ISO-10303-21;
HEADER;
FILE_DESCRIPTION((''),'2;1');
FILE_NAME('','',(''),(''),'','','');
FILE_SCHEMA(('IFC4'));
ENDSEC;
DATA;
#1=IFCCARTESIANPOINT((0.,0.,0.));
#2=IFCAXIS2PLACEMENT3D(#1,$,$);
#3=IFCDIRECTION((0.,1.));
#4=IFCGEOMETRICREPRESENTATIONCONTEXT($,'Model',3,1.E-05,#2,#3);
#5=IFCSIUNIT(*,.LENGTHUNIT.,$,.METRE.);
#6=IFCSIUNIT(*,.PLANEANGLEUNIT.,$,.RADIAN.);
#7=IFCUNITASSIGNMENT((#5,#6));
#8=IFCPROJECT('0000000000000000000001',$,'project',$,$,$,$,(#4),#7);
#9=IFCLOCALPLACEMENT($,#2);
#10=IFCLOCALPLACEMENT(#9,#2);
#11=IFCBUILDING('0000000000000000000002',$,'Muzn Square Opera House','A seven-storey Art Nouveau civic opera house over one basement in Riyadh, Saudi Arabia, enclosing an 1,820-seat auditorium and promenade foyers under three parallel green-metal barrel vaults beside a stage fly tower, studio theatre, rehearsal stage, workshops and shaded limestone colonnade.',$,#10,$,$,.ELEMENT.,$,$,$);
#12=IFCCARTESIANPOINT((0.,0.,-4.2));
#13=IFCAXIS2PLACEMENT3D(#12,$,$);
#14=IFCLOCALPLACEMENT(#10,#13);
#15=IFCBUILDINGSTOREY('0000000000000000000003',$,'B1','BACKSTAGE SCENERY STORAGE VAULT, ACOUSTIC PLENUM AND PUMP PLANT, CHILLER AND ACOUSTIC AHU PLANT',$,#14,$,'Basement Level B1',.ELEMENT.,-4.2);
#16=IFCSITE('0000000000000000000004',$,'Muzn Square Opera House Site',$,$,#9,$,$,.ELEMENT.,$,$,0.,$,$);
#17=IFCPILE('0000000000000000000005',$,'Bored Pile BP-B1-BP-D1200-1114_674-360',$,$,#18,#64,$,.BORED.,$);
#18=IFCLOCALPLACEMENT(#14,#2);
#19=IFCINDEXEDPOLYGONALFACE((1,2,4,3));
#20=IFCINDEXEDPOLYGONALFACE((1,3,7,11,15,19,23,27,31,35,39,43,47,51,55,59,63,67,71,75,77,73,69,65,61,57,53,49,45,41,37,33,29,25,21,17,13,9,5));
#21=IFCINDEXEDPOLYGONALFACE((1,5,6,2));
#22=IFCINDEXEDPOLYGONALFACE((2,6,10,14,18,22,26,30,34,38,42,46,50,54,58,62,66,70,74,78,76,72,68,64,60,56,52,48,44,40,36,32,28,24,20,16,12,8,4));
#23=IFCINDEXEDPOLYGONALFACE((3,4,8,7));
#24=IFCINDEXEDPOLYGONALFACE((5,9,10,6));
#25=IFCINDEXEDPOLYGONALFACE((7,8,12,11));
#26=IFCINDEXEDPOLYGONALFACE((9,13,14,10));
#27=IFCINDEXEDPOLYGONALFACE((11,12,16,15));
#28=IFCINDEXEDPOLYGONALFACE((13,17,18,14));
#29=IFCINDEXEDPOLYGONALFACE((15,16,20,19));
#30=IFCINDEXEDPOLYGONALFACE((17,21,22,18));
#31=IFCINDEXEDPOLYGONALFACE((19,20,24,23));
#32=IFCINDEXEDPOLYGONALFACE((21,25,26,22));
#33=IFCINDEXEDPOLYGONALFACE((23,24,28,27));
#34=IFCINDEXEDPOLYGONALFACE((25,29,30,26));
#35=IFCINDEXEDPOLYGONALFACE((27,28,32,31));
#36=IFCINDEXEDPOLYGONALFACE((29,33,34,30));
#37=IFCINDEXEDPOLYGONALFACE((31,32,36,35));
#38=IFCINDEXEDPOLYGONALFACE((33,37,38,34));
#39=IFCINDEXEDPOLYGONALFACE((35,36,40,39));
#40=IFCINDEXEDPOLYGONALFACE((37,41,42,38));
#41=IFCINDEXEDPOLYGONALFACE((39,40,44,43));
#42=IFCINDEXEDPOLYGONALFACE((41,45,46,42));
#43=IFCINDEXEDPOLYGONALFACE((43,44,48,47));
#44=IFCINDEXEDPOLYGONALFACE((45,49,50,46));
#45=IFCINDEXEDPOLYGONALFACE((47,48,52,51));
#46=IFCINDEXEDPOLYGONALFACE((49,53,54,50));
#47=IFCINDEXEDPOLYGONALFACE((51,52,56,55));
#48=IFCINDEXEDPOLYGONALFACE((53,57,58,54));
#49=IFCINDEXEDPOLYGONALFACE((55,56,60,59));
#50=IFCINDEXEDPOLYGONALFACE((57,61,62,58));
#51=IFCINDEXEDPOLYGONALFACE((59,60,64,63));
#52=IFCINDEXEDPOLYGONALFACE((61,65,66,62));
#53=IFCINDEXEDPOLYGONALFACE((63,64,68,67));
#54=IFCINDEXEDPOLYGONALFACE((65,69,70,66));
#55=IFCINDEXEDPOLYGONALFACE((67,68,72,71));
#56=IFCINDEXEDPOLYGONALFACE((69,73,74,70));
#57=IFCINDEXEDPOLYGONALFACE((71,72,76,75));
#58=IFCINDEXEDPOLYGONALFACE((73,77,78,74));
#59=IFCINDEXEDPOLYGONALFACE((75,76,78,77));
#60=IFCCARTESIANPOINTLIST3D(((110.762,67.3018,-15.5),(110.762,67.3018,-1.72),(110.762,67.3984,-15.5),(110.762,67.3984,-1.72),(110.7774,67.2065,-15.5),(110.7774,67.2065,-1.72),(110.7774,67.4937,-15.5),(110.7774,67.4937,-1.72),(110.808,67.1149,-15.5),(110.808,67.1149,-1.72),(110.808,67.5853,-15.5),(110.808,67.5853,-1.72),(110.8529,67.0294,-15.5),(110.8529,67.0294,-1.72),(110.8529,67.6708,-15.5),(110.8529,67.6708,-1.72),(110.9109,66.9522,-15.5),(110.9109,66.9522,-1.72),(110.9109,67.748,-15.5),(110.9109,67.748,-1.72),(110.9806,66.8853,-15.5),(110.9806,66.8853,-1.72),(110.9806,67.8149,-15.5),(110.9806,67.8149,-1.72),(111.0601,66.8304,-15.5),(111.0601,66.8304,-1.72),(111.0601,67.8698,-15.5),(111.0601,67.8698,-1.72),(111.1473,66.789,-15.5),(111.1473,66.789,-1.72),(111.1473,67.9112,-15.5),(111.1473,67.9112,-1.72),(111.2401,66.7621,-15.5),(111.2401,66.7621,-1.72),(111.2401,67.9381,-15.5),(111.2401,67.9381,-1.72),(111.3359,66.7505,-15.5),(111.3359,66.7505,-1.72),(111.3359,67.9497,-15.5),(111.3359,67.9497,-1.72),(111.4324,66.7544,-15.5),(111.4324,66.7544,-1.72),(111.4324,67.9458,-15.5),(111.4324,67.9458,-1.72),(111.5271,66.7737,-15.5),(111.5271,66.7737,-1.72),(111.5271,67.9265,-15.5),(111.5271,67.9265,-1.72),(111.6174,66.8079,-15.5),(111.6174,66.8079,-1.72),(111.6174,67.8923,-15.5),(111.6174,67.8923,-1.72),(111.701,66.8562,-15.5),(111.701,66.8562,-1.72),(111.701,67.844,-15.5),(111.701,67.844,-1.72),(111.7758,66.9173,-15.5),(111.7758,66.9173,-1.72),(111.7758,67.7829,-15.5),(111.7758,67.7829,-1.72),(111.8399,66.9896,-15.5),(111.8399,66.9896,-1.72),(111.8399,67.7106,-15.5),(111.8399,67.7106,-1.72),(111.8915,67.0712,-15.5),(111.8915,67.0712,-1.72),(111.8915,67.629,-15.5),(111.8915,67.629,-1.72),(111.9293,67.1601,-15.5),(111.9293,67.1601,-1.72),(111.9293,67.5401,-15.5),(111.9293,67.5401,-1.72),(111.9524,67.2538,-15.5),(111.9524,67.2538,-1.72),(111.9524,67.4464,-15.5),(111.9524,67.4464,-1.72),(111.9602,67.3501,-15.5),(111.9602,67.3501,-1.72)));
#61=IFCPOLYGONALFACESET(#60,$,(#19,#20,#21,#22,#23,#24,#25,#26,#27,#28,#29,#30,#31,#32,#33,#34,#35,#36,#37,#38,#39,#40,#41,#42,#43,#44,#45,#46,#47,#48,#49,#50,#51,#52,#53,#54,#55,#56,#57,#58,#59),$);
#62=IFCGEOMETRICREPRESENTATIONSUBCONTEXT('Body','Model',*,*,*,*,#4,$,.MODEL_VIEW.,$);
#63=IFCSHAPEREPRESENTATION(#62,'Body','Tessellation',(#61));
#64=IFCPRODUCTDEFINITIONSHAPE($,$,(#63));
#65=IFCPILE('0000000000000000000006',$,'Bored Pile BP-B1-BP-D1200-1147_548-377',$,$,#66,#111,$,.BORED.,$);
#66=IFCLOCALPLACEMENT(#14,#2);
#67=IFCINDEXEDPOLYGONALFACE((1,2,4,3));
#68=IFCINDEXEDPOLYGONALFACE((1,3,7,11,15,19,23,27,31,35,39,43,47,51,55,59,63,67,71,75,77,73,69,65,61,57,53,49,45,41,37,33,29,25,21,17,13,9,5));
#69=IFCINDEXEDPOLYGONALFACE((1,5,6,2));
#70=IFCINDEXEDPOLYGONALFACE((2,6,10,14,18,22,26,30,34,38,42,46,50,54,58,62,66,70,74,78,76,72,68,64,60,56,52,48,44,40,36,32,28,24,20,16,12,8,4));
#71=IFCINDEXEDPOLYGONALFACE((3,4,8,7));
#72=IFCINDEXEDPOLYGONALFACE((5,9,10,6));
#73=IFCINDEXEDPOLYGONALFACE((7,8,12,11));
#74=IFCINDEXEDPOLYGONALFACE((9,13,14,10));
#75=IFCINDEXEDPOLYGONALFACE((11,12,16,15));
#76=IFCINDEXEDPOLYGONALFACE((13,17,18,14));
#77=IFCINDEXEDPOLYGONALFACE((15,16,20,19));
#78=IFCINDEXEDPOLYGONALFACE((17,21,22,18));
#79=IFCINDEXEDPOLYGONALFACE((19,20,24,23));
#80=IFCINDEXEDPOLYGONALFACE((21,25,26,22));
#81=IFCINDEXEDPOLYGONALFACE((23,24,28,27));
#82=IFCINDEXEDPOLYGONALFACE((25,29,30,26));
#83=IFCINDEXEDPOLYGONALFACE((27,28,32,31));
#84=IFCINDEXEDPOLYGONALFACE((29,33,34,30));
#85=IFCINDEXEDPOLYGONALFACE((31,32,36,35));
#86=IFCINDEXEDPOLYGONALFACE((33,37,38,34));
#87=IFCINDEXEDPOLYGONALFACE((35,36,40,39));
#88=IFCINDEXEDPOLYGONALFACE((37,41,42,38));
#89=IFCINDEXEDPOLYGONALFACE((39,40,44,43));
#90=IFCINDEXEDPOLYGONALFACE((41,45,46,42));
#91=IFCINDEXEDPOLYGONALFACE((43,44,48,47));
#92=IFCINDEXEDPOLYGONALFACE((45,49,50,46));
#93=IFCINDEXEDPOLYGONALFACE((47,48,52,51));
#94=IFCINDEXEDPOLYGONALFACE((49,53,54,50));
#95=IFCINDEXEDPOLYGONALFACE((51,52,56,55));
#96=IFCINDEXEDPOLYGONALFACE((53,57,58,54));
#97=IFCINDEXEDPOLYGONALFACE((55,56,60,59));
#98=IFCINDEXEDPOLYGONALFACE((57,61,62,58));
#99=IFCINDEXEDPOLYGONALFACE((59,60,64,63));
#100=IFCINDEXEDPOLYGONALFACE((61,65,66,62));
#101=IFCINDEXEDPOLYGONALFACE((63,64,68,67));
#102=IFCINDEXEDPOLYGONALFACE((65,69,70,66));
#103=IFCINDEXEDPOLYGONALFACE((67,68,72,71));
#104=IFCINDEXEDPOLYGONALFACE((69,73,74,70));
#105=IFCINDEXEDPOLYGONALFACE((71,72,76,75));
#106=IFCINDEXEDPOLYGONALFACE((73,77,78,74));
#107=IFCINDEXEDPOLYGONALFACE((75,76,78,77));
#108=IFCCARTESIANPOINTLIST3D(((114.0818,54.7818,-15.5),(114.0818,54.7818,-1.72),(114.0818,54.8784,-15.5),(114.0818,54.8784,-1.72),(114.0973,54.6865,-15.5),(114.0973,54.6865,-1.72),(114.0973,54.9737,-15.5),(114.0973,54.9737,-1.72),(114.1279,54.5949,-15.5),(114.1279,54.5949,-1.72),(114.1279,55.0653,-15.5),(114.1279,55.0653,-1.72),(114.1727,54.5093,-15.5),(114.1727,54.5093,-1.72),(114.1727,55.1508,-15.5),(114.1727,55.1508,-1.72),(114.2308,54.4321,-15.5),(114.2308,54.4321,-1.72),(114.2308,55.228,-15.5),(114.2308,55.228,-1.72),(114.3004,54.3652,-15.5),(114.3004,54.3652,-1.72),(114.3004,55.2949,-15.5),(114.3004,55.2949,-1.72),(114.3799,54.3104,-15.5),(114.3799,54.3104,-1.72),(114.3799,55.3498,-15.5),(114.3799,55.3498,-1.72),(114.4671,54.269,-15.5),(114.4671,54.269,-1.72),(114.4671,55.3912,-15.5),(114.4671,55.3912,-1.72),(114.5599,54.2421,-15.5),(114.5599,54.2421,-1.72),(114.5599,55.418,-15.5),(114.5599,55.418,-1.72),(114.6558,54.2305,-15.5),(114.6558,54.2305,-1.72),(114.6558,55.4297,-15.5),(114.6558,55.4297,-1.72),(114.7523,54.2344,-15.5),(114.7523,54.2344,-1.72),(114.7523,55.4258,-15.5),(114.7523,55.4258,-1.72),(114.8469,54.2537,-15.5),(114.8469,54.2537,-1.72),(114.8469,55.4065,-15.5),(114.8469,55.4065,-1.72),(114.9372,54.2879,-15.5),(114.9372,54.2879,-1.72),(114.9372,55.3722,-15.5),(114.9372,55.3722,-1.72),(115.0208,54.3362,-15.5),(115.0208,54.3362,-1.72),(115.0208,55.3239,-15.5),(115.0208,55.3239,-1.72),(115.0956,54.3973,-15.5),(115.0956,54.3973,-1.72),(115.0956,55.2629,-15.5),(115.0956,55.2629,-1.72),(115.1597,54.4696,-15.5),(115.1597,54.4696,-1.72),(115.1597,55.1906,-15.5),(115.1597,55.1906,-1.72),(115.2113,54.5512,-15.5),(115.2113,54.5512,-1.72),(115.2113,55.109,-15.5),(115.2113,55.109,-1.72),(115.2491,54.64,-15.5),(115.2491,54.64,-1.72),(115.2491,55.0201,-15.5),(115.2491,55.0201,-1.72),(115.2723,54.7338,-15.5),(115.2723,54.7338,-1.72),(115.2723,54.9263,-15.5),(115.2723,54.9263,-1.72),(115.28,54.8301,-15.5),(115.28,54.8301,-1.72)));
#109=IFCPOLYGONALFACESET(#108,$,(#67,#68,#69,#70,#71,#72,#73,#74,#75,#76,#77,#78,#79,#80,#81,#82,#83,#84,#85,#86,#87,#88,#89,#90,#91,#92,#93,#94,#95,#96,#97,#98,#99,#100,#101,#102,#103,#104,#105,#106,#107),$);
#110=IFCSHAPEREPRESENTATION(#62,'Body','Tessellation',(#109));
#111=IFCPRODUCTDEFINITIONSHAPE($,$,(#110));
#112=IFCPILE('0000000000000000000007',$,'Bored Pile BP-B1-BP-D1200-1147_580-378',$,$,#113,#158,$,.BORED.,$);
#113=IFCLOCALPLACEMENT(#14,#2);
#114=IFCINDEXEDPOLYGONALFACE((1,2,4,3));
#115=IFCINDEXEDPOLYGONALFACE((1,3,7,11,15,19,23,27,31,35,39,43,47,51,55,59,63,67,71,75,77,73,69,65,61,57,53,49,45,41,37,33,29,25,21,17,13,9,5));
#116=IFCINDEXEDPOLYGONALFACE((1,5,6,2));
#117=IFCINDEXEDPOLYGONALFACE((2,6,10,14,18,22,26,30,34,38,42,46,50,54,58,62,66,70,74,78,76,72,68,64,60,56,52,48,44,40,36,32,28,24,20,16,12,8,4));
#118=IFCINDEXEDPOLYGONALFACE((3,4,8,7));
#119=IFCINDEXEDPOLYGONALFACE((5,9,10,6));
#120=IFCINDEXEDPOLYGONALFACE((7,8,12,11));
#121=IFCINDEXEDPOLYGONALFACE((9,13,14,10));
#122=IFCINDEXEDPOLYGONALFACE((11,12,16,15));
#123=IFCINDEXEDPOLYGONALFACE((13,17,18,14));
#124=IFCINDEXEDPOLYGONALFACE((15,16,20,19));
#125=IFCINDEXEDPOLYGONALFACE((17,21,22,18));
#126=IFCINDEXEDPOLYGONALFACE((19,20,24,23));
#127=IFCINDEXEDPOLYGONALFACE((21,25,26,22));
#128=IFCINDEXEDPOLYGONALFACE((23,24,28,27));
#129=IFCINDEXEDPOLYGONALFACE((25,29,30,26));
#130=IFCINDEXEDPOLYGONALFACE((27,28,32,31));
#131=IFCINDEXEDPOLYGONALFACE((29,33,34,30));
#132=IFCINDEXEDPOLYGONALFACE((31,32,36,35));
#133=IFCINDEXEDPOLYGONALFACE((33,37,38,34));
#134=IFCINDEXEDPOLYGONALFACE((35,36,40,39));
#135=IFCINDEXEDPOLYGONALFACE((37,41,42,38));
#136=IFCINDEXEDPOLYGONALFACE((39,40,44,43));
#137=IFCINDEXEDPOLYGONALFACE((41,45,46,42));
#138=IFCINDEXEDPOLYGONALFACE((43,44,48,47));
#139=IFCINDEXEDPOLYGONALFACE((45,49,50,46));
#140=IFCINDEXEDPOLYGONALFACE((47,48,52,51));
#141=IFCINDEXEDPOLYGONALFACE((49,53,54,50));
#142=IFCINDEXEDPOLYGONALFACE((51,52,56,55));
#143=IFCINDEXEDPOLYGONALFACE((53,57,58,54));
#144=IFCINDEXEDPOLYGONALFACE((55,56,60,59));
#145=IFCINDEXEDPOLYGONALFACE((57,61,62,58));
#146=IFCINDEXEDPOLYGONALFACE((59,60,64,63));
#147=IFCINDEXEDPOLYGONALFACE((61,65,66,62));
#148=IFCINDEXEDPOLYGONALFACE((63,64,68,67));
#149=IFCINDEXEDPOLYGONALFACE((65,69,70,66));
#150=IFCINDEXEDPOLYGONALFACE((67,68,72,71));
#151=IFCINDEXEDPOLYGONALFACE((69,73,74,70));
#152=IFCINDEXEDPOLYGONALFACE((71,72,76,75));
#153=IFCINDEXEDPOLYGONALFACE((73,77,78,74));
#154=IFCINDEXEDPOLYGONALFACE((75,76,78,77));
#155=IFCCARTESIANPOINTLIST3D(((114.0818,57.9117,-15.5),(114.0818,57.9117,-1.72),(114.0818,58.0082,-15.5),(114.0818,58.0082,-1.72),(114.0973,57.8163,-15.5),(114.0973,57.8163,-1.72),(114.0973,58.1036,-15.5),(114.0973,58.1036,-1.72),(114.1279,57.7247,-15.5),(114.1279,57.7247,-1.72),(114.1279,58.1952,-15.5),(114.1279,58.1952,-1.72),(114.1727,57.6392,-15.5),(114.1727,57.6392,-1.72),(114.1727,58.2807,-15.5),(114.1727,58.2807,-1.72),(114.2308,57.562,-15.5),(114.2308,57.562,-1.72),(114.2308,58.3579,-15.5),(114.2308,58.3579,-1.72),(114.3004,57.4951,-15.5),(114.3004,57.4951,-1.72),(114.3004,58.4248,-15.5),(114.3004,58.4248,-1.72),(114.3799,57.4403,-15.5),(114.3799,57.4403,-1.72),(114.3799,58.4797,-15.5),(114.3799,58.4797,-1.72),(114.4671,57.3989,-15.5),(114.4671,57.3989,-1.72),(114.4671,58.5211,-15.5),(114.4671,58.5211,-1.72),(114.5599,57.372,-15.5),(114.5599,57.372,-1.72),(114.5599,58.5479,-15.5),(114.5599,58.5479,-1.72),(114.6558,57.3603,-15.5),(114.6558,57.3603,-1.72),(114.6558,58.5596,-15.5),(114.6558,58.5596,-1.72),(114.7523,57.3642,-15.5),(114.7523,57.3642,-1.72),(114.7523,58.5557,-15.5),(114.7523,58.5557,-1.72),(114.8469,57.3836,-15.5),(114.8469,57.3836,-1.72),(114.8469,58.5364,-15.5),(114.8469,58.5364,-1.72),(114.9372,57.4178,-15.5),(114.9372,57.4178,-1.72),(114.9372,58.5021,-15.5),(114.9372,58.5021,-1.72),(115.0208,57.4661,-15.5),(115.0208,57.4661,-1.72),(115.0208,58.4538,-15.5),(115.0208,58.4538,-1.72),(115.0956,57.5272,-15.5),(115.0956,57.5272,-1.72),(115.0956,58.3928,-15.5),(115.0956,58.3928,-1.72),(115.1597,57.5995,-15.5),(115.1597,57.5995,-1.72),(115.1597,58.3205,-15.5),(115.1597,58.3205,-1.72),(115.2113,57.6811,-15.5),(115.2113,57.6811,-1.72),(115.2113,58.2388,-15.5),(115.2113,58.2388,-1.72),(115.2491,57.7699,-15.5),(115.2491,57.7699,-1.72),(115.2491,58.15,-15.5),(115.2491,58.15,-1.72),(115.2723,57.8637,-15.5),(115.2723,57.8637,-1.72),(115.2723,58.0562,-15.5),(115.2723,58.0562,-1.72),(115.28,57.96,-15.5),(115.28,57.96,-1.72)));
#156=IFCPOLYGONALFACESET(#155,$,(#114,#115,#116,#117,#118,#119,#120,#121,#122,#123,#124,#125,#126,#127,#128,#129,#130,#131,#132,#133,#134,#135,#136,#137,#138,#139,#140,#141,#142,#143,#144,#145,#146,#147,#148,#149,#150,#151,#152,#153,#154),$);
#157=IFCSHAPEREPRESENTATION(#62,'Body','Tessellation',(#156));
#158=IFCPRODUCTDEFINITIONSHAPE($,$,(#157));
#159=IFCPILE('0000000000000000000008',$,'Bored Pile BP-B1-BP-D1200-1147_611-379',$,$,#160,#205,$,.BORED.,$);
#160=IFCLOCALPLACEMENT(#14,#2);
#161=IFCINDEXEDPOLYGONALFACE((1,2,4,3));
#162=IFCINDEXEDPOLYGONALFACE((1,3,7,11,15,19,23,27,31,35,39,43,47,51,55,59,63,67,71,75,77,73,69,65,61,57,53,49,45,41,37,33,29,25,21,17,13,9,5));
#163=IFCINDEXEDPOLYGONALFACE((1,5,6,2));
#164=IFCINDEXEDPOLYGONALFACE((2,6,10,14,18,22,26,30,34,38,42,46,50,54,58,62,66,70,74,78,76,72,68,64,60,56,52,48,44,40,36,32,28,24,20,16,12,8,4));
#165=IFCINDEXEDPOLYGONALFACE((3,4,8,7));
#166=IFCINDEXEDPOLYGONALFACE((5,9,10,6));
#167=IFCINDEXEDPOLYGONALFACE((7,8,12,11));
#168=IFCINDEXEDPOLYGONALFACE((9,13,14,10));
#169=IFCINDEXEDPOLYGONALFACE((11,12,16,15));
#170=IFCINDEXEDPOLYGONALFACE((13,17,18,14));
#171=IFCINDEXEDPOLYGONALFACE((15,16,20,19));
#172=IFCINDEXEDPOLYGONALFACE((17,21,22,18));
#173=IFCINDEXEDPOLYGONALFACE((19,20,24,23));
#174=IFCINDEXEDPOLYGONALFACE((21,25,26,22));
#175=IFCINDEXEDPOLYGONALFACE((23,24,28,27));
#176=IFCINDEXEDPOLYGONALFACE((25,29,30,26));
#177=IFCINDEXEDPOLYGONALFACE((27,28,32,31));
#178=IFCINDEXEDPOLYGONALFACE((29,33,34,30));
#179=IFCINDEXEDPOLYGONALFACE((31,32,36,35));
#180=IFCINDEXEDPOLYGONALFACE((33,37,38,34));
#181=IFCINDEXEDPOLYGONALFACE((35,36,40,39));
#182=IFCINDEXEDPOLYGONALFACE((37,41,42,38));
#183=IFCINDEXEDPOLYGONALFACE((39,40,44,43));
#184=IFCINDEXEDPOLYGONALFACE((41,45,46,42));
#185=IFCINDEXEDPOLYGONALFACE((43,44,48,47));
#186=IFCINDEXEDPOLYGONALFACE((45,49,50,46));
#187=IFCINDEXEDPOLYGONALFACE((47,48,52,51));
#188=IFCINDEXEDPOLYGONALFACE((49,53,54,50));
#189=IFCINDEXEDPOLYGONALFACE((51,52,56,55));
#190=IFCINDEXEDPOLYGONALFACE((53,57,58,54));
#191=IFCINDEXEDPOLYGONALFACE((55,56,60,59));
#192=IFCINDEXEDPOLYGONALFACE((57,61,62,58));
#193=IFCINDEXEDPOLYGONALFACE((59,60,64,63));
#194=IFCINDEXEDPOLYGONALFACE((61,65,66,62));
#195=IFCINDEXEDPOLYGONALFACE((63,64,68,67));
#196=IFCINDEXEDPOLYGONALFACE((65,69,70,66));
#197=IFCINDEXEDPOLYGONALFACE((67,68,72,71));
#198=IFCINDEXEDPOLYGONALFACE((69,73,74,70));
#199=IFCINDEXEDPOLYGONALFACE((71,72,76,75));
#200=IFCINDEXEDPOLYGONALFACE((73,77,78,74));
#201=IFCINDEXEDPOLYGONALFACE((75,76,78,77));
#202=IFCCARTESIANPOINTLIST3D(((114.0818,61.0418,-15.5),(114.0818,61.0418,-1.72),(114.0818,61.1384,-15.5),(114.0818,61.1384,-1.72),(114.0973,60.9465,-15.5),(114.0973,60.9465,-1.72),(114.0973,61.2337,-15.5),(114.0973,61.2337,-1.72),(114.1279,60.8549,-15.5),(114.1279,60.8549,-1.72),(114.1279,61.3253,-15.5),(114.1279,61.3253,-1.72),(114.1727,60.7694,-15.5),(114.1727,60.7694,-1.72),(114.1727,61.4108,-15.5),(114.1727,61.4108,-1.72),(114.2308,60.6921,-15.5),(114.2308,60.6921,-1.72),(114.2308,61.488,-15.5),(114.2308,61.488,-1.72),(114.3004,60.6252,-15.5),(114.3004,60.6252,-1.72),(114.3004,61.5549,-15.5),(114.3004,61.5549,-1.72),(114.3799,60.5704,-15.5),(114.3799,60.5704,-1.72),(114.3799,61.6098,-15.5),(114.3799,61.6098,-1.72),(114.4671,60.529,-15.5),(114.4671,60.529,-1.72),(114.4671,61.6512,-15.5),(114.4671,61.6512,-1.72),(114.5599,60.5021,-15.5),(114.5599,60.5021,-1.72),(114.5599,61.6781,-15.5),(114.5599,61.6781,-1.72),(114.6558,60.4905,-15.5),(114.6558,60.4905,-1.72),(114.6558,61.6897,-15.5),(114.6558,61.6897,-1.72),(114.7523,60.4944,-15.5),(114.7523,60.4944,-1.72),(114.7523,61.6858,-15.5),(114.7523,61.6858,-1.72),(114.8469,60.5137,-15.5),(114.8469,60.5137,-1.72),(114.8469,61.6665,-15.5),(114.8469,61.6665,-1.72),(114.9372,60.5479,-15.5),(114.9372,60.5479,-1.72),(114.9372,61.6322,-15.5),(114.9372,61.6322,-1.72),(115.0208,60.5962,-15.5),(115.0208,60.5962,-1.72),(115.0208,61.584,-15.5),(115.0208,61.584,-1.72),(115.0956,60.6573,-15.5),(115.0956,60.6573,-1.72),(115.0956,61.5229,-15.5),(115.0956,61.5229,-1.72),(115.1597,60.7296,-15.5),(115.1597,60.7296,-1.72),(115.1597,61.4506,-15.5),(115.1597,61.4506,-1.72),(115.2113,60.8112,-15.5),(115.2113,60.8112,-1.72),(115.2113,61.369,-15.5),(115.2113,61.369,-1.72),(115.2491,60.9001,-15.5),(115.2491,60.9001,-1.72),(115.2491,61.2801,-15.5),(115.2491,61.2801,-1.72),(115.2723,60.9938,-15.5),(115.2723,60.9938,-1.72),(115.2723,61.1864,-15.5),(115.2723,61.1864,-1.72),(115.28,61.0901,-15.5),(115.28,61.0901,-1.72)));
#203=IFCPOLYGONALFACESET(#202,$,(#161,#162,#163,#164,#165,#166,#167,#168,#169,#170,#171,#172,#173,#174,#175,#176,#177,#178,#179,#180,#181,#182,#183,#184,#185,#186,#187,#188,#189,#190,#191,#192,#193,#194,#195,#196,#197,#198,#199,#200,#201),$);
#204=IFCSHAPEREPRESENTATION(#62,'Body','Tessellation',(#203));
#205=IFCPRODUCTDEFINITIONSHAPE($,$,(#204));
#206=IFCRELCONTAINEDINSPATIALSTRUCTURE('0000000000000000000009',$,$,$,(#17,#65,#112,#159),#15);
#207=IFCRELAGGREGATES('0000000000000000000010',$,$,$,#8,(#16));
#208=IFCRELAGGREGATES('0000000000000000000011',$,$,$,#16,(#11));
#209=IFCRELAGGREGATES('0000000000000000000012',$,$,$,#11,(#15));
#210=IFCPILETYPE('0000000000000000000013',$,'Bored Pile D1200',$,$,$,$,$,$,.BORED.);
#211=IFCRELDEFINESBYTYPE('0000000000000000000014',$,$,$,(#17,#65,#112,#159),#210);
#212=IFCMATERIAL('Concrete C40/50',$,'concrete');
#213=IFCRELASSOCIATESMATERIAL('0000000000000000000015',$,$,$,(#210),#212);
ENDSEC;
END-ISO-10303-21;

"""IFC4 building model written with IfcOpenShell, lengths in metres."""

from ifc_helpers import new_model, si_unit, direction, frame, origin, origin_2d, place, context, subcontext, project, spatial, circle, extrude, material, material_profile, profile_set, type_object, element, save


model = new_model("IFC4")

# Units and contexts
model_context = context("Model", 3, precision=1e-05, world=origin(), true_north=direction((0.0, 1.0)))
body_context = subcontext(model_context, "Body", "Model", "MODEL_VIEW")
ifc_project = project(units=[si_unit("LENGTHUNIT", "METRE"), si_unit("PLANEANGLEUNIT", "RADIAN")], contexts=[model_context])

# Site, building, storey
site_placement = place(None, origin())
site = spatial("IfcSite", under=ifc_project, at=site_placement, Name="Muzn Square Opera House Site", CompositionType="ELEMENT", RefElevation=0.0)
building_placement = place(site_placement, origin())
building = spatial("IfcBuilding", under=site, at=building_placement, Name="Muzn Square Opera House", Description="A seven-storey Art Nouveau civic opera house over one basement in Riyadh, Saudi Arabia, enclosing an 1,820-seat auditorium and promenade foyers under three parallel green-metal barrel vaults beside a stage fly tower, studio theatre, rehearsal stage, workshops and shaded limestone colonnade.", CompositionType="ELEMENT")
storey_placement = place(building_placement, frame((0.0, 0.0, -4.2)))
storey = spatial("IfcBuildingStorey", under=building, at=storey_placement, Name="B1", Description="BACKSTAGE SCENERY STORAGE VAULT, ACOUSTIC PLENUM AND PUMP PLANT, CHILLER AND ACOUSTIC AHU PLANT", LongName="Basement Level B1", CompositionType="ELEMENT", Elevation=-4.2)

# Piles
ifc_material_1 = material(Name="Concrete C40/50", Category="concrete")
ifc_material_profile_1 = material_profile(ifc_material_1, circle(Radius=0.6001, at=origin_2d()), Name="BORED PILE D1200", Category="concrete")
ifc_profile_set_1 = profile_set([ifc_material_profile_1], Name="Concrete C40/50")
pile_type = type_object("IfcPileType", Name="Bored Pile D1200", PredefinedType="BORED", material=ifc_profile_set_1)
for number, where, z_axis, x_axis, name in (
    (1, (111.3601, 67.3501, -1.72), (0.0, 0.0, -1.0), (1.0, 0.0, 0.0), "Bored Pile BP-B1-BP-D1200-1114_674-360"),
    (2, (114.6799, 54.8301, -1.72), (0.0, 0.0, -1.0), (1.0, 0.0, 0.0), "Bored Pile BP-B1-BP-D1200-1147_548-377"),
    (3, (114.6799, 57.96, -1.72), (0.0, 0.0, -1.0), (1.0, 0.0, 0.0), "Bored Pile BP-B1-BP-D1200-1147_580-378"),
    (4, (114.6799, 61.0901, -1.72), (0.0, 0.0, -1.0), (1.0, 0.0, 0.0), "Bored Pile BP-B1-BP-D1200-1147_611-379"),
):
    element("IfcPile", number, at=place(storey_placement, frame(where, z_axis=z_axis, x_axis=x_axis)), inside=storey, type_object=pile_type, Name=name, PredefinedType="BORED", context=body_context, shape_type="SweptSolid", body=[
        extrude(circle(Radius=0.6001, at=origin_2d()), origin(), (0.0, 0.0, 1.0), 13.78),
    ])

save(model, "model.ifc")
